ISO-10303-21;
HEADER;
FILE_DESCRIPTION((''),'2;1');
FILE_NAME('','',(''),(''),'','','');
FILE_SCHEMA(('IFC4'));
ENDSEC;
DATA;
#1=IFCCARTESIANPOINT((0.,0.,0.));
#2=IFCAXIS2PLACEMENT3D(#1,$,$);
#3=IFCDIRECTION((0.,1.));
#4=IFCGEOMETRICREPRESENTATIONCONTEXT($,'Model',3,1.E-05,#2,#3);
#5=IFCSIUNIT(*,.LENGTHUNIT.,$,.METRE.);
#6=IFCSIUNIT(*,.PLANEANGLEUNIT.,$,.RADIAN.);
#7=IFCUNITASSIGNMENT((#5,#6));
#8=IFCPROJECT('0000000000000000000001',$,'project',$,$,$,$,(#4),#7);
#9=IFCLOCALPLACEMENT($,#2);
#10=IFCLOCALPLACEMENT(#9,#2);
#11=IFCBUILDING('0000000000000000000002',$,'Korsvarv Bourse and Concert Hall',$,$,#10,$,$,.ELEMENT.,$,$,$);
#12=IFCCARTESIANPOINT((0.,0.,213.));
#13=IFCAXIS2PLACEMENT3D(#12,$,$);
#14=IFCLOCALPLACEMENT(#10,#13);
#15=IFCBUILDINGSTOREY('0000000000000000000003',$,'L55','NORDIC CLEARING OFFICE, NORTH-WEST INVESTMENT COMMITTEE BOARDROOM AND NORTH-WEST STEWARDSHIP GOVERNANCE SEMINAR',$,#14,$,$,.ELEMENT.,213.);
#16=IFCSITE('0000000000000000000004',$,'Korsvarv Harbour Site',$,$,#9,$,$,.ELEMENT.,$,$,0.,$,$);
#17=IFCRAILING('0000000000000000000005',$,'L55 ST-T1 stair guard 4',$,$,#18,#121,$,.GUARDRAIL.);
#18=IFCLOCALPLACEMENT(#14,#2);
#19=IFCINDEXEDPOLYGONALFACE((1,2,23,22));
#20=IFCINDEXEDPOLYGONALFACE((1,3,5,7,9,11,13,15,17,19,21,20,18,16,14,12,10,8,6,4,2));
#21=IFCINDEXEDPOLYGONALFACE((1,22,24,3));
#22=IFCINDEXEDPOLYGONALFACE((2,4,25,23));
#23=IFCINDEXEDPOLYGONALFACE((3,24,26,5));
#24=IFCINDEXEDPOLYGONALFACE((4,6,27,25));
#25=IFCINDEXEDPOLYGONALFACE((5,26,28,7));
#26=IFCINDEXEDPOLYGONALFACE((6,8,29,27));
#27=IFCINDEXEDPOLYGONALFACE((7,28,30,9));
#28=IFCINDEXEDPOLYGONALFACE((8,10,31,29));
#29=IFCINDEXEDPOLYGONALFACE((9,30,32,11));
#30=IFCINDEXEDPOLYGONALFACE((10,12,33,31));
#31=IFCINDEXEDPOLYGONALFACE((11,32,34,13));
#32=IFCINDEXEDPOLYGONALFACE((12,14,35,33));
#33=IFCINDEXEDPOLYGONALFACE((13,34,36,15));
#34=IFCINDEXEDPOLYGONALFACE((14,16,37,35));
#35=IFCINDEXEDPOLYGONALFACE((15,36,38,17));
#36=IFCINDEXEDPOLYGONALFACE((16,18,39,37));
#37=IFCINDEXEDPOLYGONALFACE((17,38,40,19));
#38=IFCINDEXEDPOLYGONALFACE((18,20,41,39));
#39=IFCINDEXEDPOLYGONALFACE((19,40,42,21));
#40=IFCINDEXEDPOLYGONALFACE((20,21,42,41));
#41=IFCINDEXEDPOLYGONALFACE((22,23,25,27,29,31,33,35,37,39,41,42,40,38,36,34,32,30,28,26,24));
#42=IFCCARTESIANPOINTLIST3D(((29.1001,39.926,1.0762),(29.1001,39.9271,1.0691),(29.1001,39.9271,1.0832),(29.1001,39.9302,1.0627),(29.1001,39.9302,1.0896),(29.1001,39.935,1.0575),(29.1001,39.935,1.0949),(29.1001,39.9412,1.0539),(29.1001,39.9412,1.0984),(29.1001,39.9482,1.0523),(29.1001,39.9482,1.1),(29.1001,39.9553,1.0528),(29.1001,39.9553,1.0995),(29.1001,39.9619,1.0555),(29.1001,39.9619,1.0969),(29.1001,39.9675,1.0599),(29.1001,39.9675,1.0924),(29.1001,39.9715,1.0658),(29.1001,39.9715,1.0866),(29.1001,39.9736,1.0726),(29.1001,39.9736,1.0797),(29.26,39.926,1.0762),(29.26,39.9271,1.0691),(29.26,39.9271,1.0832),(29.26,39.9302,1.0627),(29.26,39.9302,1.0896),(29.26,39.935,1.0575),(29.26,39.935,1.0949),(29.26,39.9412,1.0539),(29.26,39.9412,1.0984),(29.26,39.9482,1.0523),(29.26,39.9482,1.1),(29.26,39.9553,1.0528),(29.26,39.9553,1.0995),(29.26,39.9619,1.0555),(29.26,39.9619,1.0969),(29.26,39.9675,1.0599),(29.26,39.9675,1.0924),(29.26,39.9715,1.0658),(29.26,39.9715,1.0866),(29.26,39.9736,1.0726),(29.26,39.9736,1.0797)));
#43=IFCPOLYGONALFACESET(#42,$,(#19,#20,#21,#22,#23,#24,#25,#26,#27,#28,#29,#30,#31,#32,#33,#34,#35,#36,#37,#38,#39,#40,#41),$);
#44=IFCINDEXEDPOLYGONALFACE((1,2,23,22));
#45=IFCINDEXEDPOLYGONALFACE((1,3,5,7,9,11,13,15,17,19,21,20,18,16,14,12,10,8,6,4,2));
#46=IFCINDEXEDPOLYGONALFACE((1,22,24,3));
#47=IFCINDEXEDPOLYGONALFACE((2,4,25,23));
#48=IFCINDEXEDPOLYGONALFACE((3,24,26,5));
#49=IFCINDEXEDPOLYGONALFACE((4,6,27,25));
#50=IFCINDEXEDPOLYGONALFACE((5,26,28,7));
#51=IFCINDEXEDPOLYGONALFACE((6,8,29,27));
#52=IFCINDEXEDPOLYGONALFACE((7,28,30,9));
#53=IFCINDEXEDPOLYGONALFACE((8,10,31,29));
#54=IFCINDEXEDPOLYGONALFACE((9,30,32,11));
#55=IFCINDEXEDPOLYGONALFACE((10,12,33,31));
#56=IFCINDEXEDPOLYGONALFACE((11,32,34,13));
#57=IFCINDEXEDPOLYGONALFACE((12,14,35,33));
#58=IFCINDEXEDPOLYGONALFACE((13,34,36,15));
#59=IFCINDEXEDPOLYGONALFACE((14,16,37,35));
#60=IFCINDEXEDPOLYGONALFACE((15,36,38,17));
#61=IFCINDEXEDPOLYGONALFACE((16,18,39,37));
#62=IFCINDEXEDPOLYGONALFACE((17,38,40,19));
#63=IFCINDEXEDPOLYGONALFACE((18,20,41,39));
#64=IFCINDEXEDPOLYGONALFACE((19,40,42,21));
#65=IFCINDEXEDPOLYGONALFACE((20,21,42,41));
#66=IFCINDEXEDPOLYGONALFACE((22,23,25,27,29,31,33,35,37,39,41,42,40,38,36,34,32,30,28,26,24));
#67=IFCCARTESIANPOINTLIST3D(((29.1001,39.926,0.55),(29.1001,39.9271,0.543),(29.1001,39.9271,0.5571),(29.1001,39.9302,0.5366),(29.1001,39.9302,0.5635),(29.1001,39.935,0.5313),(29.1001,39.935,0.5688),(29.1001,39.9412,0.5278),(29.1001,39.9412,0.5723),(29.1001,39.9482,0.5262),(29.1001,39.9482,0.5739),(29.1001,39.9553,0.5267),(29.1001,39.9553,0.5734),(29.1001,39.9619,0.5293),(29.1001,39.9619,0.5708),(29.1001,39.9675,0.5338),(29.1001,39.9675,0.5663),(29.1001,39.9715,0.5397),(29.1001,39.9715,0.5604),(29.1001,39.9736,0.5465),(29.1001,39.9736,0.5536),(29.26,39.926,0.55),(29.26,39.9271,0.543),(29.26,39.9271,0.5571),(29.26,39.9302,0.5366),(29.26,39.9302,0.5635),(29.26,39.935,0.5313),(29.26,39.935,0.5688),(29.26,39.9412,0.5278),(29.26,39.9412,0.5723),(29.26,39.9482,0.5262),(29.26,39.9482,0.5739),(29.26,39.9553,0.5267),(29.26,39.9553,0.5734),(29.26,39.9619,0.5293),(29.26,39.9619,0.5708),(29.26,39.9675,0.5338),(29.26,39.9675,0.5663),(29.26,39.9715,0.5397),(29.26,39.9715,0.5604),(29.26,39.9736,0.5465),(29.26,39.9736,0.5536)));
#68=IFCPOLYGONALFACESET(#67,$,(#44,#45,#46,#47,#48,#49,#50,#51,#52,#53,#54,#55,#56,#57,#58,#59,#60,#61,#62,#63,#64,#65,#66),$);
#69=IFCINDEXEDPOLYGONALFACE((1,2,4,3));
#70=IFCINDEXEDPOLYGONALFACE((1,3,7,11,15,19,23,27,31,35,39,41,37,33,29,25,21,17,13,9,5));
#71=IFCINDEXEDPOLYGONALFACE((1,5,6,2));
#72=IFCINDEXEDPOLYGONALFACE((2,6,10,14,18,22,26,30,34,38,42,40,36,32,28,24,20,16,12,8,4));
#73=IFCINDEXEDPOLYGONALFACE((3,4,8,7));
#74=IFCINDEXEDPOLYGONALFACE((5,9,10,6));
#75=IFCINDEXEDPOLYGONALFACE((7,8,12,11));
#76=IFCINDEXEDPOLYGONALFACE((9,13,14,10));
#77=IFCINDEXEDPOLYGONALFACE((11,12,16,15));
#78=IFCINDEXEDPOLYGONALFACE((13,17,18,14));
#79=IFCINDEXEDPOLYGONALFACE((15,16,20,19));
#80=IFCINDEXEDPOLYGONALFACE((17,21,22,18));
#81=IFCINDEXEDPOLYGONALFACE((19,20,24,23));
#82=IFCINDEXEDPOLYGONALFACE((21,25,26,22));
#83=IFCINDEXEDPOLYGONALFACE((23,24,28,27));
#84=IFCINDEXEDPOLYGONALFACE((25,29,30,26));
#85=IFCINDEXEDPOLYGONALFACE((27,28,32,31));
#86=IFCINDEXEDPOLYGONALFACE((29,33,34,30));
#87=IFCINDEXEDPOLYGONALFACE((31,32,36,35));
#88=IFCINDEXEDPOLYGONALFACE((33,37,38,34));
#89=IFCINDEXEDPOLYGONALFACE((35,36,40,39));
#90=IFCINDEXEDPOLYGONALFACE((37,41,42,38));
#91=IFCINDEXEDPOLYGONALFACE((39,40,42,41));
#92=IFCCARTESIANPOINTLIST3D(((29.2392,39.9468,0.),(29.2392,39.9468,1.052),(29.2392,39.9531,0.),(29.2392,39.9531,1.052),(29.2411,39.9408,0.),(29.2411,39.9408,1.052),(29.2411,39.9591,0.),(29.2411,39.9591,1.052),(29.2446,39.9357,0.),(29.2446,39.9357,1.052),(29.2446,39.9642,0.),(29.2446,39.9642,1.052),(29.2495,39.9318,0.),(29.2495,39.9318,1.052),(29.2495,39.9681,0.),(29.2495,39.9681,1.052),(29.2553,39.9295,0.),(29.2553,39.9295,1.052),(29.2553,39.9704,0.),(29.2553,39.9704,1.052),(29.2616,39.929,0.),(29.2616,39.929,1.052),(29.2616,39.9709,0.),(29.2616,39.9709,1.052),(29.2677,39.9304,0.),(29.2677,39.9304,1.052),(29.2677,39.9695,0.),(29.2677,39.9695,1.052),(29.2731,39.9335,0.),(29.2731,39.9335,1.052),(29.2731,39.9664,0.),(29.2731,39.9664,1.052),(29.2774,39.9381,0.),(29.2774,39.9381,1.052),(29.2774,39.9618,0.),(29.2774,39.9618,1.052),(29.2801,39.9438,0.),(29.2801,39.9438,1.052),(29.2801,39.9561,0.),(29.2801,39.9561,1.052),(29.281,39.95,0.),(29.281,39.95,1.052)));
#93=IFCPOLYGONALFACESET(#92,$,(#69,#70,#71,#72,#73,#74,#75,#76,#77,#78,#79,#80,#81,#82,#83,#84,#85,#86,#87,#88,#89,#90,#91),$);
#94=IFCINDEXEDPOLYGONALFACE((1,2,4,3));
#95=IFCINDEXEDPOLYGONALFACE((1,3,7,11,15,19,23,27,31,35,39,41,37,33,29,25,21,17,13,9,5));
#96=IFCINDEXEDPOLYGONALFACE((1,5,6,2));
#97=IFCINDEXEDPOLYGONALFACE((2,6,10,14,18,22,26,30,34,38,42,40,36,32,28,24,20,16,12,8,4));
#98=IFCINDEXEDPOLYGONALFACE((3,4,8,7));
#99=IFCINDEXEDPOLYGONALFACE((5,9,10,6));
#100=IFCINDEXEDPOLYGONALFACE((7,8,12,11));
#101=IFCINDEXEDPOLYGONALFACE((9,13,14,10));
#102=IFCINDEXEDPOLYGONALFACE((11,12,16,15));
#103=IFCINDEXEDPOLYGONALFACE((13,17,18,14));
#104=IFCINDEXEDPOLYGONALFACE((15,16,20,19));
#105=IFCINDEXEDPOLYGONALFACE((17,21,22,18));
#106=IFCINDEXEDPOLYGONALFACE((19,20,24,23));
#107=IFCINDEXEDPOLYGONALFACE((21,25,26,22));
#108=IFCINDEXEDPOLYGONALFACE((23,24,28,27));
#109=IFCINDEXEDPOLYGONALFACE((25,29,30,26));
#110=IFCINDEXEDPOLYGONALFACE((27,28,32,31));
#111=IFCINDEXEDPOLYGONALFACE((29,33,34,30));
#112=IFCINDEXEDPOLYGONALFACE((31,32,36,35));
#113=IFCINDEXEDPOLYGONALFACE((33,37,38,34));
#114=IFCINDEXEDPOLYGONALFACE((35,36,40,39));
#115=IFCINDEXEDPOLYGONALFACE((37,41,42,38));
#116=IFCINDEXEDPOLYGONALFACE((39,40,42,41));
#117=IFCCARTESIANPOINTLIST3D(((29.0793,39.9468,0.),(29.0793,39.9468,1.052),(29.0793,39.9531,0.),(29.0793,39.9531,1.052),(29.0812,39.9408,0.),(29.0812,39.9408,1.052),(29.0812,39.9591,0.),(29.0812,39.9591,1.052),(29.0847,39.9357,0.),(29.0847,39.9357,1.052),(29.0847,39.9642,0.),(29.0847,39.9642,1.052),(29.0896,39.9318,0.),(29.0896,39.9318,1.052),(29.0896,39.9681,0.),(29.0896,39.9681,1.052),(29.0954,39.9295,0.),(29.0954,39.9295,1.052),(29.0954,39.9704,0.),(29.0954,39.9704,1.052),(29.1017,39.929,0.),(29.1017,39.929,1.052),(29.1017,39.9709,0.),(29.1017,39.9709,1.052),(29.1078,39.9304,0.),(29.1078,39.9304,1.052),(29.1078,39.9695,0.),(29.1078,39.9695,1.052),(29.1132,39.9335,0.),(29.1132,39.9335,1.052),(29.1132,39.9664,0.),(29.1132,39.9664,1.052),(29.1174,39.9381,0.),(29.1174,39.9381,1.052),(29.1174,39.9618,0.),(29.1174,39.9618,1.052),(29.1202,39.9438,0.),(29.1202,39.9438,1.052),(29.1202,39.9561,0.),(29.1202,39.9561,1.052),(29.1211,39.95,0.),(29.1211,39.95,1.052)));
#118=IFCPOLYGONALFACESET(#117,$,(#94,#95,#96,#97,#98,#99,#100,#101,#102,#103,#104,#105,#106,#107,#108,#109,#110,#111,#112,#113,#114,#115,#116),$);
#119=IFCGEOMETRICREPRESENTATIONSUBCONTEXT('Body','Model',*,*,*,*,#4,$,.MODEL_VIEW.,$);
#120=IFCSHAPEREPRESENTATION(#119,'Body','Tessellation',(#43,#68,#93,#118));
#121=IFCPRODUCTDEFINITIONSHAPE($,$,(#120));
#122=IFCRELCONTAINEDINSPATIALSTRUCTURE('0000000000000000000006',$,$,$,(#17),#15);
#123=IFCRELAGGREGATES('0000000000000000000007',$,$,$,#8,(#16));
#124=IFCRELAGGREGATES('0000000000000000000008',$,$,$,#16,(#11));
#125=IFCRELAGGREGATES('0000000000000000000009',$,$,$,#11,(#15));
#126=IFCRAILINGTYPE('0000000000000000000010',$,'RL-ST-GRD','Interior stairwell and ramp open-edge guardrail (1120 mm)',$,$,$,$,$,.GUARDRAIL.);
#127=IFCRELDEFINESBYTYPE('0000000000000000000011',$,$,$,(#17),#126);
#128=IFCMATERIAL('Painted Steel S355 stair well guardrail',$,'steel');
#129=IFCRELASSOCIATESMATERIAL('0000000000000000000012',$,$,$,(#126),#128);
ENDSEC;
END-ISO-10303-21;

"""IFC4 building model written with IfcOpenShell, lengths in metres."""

from ifc_helpers import new_model, si_unit, direction, frame, origin, origin_2d, place, context, subcontext, project, spatial, circle, extrude, material, type_object, element, save


model = new_model("IFC4")

# Units and contexts
model_context = context("Model", 3, precision=1e-05, world=origin(), true_north=direction((0.0, 1.0)))
body_context = subcontext(model_context, "Body", "Model", "MODEL_VIEW")
ifc_project = project(units=[si_unit("LENGTHUNIT", "METRE"), si_unit("PLANEANGLEUNIT", "RADIAN")], contexts=[model_context])

# Site, building, storey
site_placement = place(None, origin())
site = spatial("IfcSite", under=ifc_project, at=site_placement, Name="Korsvarv Harbour Site", CompositionType="ELEMENT", RefElevation=0.0)
building_placement = place(site_placement, origin())
building = spatial("IfcBuilding", under=site, at=building_placement, Name="Korsvarv Bourse and Concert Hall", CompositionType="ELEMENT")
storey_placement = place(building_placement, frame((0.0, 0.0, 213.0)))
storey = spatial("IfcBuildingStorey", under=building, at=storey_placement, Name="L55", Description="NORDIC CLEARING OFFICE, NORTH-WEST INVESTMENT COMMITTEE BOARDROOM AND NORTH-WEST STEWARDSHIP GOVERNANCE SEMINAR", CompositionType="ELEMENT", Elevation=213.0)

# Railing
ifc_material_1 = material(Name="Painted Steel S355 stair well guardrail", Category="steel")
railing_type_1 = type_object("IfcRailingType", Name="RL-ST-GRD", Description="Interior stairwell and ramp open-edge guardrail (1120 mm)", PredefinedType="GUARDRAIL", material=ifc_material_1)
railing_1_placement = place(storey_placement, frame((29.26, 39.95, 0.0)))
element("IfcRailing", 1, at=railing_1_placement, inside=storey, type_object=railing_type_1, Name="L55 ST-T1 stair guard 4", PredefinedType="GUARDRAIL", context=body_context, shape_type="SweptSolid", body=[
    extrude(circle(Radius=0.0239, at=origin_2d()), frame((0.0, 0.0, 1.0762), z_axis=(-1.0, 0.0, 0.0), x_axis=(0.0, -1.0, 0.0)), (0.0, 0.0, 1.0), 0.1599),
    extrude(circle(Radius=0.0239, at=origin_2d()), frame((0.0, 0.0, 0.55), z_axis=(-1.0, 0.0, 0.0), x_axis=(0.0, -1.0, 0.0)), (0.0, 0.0, 1.0), 0.1599),
    extrude(circle(Radius=0.021, at=origin_2d()), origin(), (0.0, 0.0, 1.0), 1.052),
    extrude(circle(Radius=0.021, at=origin_2d()), frame((-0.1599, 0.0, 0.0)), (0.0, 0.0, 1.0), 1.052),
])

save(model, "model.ifc")
